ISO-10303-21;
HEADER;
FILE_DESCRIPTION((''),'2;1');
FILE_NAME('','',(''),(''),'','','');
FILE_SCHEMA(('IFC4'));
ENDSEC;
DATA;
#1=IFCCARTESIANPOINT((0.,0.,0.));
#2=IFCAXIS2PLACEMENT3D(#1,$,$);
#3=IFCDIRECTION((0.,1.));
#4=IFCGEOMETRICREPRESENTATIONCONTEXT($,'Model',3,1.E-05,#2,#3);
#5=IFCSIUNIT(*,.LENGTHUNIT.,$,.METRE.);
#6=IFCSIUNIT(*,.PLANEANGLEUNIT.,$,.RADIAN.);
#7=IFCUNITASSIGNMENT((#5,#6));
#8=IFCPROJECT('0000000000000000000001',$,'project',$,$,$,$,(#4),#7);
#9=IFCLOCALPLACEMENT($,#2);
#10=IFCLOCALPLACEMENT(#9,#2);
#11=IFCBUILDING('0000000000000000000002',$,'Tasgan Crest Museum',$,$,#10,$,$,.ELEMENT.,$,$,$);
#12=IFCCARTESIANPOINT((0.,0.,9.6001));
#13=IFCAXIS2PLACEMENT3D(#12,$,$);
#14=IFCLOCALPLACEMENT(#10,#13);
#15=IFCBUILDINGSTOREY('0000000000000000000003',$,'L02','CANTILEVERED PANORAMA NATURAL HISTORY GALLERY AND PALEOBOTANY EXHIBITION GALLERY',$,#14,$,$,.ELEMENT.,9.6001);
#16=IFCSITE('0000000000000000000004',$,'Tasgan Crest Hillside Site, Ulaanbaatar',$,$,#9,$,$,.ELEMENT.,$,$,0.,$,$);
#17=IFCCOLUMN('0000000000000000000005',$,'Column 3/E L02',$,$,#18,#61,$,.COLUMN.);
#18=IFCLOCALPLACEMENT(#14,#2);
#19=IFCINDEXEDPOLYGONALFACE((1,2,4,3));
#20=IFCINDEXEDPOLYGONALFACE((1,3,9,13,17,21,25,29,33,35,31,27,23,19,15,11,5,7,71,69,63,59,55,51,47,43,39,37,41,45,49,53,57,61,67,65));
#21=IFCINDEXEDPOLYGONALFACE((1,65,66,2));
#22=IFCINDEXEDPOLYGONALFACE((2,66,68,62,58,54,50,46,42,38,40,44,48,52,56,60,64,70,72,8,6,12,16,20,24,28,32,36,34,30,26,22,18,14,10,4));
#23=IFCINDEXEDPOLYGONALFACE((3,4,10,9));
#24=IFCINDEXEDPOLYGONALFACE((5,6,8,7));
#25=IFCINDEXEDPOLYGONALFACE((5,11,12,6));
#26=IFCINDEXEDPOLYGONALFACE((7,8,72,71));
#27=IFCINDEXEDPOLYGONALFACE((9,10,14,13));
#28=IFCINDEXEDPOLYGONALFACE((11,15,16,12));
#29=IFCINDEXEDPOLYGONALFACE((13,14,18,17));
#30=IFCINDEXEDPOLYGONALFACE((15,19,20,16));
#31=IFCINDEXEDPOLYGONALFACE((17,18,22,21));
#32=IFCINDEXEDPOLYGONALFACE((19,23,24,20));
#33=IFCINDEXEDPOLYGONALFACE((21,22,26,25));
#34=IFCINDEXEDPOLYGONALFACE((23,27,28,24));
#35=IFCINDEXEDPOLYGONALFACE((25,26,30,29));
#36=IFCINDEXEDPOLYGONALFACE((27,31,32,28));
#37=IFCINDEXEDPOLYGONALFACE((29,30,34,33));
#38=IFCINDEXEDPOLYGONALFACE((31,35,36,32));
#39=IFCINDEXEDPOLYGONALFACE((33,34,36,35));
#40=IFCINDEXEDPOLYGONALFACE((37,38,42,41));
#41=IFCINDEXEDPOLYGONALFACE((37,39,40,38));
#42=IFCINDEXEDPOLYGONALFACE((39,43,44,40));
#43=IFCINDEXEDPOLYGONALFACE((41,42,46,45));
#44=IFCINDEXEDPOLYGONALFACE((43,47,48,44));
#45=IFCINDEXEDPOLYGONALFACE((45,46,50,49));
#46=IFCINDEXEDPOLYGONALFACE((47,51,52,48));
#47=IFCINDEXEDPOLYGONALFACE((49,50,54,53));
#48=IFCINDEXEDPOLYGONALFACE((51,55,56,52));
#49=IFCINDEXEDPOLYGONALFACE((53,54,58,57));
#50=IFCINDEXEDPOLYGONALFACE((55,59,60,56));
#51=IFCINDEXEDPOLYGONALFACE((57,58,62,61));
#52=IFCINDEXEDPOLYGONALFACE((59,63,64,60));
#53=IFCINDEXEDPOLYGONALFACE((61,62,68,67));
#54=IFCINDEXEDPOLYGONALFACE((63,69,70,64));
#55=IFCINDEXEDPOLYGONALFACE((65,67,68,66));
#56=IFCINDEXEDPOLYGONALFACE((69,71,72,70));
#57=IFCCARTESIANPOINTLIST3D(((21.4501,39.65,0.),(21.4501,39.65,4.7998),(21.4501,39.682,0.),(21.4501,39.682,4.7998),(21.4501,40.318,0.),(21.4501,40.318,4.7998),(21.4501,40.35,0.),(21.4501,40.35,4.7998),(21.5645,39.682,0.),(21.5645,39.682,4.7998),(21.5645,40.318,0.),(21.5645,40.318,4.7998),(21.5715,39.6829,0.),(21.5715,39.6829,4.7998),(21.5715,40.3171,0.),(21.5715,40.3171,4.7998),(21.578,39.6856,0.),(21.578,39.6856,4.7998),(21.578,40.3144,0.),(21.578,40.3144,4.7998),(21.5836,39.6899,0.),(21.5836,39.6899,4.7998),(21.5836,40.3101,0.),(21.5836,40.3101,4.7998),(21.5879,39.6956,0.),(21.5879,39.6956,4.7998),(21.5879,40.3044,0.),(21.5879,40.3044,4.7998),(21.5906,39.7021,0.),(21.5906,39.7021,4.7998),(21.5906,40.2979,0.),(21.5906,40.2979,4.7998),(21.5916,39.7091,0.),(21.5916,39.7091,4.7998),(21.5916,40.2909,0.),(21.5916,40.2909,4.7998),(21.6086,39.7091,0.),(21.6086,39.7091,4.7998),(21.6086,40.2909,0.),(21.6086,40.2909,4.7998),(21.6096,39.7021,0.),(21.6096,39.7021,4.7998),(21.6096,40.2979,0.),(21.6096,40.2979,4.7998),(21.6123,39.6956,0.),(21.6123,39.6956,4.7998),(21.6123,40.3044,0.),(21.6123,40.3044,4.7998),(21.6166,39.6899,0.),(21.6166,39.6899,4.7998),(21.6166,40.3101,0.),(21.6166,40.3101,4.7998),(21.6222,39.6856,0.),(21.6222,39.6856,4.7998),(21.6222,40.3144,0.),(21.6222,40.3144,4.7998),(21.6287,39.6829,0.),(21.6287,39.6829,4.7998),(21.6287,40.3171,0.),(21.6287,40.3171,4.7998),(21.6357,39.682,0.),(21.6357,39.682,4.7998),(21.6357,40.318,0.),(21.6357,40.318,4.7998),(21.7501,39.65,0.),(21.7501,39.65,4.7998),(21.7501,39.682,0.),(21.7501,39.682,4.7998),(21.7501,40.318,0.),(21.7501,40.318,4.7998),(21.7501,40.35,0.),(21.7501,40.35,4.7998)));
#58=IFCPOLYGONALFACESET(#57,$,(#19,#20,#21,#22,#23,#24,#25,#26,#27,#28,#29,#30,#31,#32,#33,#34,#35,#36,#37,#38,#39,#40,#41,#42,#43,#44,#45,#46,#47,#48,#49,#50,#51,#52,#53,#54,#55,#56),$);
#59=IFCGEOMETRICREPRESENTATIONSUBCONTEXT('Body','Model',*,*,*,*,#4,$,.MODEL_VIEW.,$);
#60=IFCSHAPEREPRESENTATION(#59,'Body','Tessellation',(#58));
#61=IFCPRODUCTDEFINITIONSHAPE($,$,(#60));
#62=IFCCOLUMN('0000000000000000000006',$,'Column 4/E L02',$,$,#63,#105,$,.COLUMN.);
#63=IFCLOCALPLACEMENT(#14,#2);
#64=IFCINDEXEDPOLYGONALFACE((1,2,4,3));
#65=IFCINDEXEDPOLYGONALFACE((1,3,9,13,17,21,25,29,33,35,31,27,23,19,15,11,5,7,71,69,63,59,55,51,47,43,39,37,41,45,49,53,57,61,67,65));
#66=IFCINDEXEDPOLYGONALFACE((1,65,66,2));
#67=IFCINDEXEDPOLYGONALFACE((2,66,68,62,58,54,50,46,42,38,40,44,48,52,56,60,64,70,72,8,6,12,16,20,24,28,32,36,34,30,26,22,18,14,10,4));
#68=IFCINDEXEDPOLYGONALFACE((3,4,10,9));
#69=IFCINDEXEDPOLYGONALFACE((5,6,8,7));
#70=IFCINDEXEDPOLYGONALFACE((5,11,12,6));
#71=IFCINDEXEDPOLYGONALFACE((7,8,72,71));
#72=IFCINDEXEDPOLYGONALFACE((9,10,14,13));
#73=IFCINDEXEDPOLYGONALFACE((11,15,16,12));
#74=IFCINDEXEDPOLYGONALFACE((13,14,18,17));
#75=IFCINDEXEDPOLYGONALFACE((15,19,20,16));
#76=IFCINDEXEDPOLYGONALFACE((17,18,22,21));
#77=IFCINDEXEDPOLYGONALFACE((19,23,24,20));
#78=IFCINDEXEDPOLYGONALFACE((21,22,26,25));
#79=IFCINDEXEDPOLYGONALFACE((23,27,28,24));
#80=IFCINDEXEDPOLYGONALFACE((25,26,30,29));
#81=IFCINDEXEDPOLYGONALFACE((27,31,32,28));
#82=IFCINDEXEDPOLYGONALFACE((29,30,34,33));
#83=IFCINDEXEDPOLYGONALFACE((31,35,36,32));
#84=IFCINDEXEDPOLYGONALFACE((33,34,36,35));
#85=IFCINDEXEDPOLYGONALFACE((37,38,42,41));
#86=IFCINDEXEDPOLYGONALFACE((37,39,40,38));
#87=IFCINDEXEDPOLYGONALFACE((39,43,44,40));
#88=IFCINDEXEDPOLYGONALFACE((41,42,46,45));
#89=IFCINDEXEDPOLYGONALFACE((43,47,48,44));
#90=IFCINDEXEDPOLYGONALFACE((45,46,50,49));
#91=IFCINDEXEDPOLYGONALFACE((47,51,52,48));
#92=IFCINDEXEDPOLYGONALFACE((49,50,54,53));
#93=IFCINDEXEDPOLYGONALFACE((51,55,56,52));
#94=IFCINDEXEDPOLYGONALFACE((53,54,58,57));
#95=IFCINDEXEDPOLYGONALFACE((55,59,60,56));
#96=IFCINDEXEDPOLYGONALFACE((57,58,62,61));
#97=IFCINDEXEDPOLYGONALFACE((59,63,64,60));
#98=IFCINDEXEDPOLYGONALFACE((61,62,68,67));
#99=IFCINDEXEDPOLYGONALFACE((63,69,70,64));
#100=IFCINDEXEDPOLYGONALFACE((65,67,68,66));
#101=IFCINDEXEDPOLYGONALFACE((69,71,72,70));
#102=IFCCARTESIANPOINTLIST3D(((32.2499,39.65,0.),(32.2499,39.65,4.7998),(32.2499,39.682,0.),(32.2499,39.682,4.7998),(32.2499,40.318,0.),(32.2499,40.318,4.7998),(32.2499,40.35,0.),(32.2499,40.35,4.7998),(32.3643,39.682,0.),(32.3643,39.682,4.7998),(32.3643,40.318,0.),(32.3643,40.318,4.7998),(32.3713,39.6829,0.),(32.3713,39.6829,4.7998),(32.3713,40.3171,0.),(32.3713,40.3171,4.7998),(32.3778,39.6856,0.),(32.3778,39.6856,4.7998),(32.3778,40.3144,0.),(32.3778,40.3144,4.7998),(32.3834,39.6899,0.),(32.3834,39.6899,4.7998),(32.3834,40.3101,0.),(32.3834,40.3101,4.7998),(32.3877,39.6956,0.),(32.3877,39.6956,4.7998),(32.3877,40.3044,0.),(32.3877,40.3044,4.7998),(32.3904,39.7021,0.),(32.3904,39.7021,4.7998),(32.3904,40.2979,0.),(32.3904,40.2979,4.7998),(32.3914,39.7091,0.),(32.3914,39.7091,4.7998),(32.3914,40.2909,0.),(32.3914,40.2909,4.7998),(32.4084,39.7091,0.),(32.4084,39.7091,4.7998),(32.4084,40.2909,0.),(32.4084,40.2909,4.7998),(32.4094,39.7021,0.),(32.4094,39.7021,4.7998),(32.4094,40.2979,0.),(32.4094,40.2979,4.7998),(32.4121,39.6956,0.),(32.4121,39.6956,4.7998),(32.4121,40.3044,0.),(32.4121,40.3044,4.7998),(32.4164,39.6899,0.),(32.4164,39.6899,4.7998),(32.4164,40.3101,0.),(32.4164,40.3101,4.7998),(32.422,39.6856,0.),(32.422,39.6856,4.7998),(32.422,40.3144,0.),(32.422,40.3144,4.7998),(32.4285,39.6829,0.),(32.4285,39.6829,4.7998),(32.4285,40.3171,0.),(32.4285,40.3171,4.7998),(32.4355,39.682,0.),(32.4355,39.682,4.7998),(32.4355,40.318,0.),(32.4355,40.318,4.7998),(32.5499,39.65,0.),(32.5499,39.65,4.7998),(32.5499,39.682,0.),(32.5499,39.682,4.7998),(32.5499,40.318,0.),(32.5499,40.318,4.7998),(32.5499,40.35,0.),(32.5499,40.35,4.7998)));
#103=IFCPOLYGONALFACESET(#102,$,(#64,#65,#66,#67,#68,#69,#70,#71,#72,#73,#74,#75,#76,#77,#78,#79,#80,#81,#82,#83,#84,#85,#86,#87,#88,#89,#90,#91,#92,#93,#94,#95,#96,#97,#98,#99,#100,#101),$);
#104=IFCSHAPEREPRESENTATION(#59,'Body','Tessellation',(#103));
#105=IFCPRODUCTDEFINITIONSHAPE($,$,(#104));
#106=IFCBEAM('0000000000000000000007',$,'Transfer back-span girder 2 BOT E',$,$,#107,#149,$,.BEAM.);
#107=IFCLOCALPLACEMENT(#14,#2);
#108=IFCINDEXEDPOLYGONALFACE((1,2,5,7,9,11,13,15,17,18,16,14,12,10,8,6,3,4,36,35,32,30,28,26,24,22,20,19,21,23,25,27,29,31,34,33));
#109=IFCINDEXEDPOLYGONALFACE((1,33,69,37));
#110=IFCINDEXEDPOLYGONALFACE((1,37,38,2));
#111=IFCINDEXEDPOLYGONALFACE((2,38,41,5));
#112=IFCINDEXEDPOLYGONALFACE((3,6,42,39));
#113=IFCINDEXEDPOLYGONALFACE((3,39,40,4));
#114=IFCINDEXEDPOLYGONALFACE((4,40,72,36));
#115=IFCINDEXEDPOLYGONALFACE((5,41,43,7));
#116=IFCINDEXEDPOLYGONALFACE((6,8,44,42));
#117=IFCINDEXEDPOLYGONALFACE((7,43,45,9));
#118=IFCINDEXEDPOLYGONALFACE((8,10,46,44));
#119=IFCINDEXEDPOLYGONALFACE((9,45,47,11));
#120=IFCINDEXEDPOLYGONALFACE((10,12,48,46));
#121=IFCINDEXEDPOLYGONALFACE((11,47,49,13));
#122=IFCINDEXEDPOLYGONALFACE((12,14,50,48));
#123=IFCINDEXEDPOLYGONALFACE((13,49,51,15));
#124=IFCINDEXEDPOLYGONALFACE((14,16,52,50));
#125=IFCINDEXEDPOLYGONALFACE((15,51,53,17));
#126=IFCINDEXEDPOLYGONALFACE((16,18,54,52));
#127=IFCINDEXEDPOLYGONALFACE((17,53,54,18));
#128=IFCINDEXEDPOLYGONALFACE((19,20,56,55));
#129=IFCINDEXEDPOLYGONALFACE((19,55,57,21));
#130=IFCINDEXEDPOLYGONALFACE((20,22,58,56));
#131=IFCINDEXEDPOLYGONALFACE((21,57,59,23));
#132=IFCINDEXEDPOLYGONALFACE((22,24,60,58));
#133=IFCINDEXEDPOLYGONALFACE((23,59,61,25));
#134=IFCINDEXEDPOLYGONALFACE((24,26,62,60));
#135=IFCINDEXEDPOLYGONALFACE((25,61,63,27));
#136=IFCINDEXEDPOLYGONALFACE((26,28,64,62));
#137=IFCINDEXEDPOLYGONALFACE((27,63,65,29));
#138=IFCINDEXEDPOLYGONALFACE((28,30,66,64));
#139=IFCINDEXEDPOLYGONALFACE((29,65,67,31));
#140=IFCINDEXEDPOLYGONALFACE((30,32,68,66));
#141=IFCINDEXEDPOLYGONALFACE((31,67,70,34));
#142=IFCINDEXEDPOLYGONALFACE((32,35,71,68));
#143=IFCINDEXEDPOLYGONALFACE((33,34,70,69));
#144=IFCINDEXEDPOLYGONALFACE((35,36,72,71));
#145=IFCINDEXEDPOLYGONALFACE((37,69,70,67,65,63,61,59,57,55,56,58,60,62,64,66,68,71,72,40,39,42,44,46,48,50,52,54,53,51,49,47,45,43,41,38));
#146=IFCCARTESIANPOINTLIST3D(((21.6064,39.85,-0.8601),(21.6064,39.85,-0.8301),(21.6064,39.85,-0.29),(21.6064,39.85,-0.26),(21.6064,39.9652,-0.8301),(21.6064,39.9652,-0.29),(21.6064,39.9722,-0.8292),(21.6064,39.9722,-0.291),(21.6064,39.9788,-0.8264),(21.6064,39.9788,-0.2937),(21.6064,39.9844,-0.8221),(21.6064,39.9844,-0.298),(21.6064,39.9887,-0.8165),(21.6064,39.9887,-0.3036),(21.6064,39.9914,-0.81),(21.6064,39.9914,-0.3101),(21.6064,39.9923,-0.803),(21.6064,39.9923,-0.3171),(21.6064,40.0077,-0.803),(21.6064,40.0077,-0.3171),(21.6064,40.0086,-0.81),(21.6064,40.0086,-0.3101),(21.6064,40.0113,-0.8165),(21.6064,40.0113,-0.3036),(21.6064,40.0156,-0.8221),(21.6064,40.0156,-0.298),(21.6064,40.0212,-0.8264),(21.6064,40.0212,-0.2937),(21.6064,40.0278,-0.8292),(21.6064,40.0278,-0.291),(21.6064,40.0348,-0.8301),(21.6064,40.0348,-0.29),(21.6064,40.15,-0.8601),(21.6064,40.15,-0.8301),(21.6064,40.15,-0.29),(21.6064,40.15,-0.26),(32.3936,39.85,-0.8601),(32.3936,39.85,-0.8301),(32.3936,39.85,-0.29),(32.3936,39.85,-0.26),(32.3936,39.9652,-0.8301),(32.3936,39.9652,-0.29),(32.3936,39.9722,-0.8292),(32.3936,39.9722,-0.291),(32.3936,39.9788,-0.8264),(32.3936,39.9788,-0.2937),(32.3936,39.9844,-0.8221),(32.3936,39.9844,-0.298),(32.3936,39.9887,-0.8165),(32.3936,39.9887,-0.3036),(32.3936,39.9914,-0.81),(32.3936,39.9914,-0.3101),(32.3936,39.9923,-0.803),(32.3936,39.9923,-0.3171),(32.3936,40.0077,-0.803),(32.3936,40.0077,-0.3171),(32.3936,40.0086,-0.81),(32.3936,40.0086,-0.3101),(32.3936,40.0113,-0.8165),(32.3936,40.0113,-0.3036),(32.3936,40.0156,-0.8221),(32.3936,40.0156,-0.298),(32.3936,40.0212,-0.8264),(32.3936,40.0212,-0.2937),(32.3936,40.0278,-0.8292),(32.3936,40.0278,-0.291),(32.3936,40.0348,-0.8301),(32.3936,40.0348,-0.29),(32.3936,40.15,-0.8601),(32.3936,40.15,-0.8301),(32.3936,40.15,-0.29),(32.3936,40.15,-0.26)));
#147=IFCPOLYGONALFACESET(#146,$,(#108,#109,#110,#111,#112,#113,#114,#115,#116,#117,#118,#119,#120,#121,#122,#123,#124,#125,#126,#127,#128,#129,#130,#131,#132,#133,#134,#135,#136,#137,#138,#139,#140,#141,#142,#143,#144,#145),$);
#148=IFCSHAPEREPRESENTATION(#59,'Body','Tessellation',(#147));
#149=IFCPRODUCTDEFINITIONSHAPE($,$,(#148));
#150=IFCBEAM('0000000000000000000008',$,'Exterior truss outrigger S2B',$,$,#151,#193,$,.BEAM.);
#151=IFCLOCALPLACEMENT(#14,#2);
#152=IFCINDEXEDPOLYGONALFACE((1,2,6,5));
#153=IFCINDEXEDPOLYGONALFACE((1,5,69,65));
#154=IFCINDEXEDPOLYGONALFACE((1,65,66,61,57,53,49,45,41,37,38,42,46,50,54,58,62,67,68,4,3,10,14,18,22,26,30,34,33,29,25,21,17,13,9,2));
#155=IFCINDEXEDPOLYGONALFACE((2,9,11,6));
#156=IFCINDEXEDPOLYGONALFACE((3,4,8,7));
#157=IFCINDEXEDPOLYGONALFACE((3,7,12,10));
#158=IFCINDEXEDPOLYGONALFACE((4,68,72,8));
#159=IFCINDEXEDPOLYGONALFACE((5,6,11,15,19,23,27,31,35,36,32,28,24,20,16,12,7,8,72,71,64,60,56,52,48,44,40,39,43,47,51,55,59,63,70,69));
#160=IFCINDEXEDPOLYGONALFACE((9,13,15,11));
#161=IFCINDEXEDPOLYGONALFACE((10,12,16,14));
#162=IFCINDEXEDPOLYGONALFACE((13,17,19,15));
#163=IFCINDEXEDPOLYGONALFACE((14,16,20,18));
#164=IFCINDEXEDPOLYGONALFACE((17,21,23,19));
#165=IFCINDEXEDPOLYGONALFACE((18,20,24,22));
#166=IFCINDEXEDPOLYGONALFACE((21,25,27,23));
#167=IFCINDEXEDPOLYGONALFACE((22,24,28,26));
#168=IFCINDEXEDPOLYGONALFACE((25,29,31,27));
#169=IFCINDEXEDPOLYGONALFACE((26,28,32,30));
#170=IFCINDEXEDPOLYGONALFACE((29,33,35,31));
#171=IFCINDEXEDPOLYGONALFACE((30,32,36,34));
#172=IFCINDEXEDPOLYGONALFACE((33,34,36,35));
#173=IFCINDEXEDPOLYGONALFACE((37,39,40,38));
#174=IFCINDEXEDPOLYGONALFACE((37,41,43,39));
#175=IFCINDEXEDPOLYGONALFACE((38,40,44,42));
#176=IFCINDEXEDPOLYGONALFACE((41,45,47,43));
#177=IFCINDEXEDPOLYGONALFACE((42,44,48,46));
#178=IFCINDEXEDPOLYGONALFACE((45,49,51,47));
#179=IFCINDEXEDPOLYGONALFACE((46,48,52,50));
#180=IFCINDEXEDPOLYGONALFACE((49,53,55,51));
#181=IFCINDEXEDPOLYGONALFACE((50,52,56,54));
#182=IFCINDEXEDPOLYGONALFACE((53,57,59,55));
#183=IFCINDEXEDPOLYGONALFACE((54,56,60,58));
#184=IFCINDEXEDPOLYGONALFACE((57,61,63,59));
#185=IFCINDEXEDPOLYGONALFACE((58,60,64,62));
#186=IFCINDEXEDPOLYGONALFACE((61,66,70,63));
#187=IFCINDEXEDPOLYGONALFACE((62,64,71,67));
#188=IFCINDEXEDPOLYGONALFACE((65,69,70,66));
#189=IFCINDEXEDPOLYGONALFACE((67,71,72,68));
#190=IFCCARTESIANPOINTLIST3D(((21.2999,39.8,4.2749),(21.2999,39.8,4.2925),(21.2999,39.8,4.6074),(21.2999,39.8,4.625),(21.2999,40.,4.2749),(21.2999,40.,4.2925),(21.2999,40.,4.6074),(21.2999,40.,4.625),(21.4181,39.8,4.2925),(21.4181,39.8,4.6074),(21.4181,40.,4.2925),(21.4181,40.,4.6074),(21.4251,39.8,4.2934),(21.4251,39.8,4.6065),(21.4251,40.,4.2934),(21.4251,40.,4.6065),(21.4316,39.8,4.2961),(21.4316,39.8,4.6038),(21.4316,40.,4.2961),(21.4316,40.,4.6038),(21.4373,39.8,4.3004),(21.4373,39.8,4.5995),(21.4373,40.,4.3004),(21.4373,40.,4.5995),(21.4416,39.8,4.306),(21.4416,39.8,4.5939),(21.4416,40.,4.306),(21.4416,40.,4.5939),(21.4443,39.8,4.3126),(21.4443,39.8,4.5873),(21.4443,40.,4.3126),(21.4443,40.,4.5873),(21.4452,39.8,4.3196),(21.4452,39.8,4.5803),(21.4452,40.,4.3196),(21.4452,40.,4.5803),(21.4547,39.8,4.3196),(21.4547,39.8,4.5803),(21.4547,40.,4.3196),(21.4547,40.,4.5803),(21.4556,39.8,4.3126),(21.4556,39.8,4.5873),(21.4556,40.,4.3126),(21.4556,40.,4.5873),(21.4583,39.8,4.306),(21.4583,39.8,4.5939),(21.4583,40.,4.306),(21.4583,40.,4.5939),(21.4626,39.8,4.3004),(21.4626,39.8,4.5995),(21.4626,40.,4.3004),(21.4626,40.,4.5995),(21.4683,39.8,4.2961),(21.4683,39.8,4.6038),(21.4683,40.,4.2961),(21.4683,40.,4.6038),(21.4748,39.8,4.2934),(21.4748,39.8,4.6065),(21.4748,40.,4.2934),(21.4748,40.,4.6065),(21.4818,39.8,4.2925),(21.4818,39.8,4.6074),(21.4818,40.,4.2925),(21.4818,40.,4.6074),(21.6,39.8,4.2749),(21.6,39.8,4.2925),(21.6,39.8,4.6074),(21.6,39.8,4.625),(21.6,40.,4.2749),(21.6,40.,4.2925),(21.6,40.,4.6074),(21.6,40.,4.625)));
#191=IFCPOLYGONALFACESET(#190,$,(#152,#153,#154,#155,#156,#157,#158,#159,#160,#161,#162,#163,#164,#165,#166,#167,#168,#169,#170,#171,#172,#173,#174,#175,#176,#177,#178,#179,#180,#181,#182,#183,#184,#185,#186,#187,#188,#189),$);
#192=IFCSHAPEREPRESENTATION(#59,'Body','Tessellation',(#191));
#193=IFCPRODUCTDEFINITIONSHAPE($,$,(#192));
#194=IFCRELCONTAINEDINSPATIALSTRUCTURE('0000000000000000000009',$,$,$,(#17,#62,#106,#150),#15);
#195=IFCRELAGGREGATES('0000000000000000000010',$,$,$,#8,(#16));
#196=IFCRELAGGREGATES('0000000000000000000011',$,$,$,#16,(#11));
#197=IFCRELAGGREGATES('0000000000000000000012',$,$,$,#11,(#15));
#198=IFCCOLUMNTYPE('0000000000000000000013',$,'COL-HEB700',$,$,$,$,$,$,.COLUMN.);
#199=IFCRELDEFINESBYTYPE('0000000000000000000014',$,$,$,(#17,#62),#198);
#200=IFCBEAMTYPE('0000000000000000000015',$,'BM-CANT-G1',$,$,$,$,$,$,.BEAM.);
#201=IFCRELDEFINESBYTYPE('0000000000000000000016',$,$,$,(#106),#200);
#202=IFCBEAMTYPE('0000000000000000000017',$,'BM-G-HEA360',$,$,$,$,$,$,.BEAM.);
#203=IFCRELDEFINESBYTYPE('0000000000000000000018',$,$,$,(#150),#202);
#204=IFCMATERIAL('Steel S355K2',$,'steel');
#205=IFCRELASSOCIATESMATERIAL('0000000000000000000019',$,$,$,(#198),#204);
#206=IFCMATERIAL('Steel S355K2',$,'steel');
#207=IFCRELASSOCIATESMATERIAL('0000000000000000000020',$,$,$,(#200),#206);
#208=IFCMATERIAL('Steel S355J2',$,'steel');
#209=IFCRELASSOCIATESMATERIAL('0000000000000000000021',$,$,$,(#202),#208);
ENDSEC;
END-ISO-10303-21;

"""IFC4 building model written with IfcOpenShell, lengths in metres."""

from ifc_helpers import new_model, si_unit, direction, frame, origin, origin_2d, place, context, subcontext, project, spatial, i_section, extrude, material, material_profile, profile_set, type_object, element, save


model = new_model("IFC4")

# Units and contexts
model_context = context("Model", 3, precision=1e-05, world=origin(), true_north=direction((0.0, 1.0)))
body_context = subcontext(model_context, "Body", "Model", "MODEL_VIEW")
ifc_project = project(units=[si_unit("LENGTHUNIT", "METRE"), si_unit("PLANEANGLEUNIT", "RADIAN")], contexts=[model_context])

# Site, building, storey
site_placement = place(None, origin())
site = spatial("IfcSite", under=ifc_project, at=site_placement, Name="Tasgan Crest Hillside Site, Ulaanbaatar", CompositionType="ELEMENT", RefElevation=0.0)
building_placement = place(site_placement, origin())
building = spatial("IfcBuilding", under=site, at=building_placement, Name="Tasgan Crest Museum", CompositionType="ELEMENT")
storey_placement = place(building_placement, frame((0.0, 0.0, 9.6001)))
storey = spatial("IfcBuildingStorey", under=building, at=storey_placement, Name="L02", Description="CANTILEVERED PANORAMA NATURAL HISTORY GALLERY AND PALEOBOTANY EXHIBITION GALLERY", CompositionType="ELEMENT", Elevation=9.6001)

# Columns
ifc_material_1 = material(Name="Steel S355K2", Category="steel")
ifc_material_profile_1 = material_profile(ifc_material_1, i_section(OverallWidth=0.3, OverallDepth=0.7, WebThickness=0.0171, FlangeThickness=0.032, FilletRadius=0.0271, at=origin_2d()), Name="HEB 700")
ifc_profile_set_1 = profile_set([ifc_material_profile_1], Name="Steel S355K2")
column_type = type_object("IfcColumnType", Name="COL-HEB700", PredefinedType="COLUMN", material=ifc_profile_set_1)
for number, where, z_axis, x_axis, name in (
    (1, (21.6001, 40.0, 0.0), (0.0, 0.0, 1.0), (1.0, 0.0, 0.0), "Column 3/E L02"),
    (2, (32.3999, 40.0, 0.0), (0.0, 0.0, 1.0), (1.0, 0.0, 0.0), "Column 4/E L02"),
):
    element("IfcColumn", number, at=place(storey_placement, frame(where, z_axis=z_axis, x_axis=x_axis)), inside=storey, type_object=column_type, Name=name, PredefinedType="COLUMN", context=body_context, shape_type="SweptSolid", body=[
        extrude(i_section(OverallWidth=0.3, OverallDepth=0.7, WebThickness=0.0171, FlangeThickness=0.032, FilletRadius=0.0271, at=origin_2d()), origin(), (0.0, 0.0, 1.0), 4.7998),
    ])

# Beams
ifc_material_2 = material(Name="Steel S355K2", Category="steel")
ifc_material_profile_2 = material_profile(ifc_material_2, i_section(OverallWidth=0.3, OverallDepth=0.6001, WebThickness=0.0154, FlangeThickness=0.03, FilletRadius=0.0271, at=origin_2d()), Name="HEB 600")
ifc_profile_set_2 = profile_set([ifc_material_profile_2], Name="Steel S355K2")
beam_type_1 = type_object("IfcBeamType", Name="BM-CANT-G1", PredefinedType="BEAM", material=ifc_profile_set_2)
beam_1_placement = place(storey_placement, frame((21.6064, 40.0, -0.5601), z_axis=(1.0, 0.0, 0.0), x_axis=(0.0, 1.0, 0.0)))
element("IfcBeam", 3, at=beam_1_placement, inside=storey, type_object=beam_type_1, Name="Transfer back-span girder 2 BOT E", PredefinedType="BEAM", context=body_context, shape_type="SweptSolid", body=[
    extrude(i_section(OverallWidth=0.3, OverallDepth=0.6001, WebThickness=0.0154, FlangeThickness=0.03, FilletRadius=0.0271, at=origin_2d()), origin(), (0.0, 0.0, 1.0), 10.7871),
])
ifc_material_3 = material(Name="Steel S355J2", Category="steel")
ifc_material_profile_3 = material_profile(ifc_material_3, i_section(OverallWidth=0.3, OverallDepth=0.3501, WebThickness=0.0095, FlangeThickness=0.0176, FilletRadius=0.0271, at=origin_2d()), Name="HEA 360")
ifc_profile_set_3 = profile_set([ifc_material_profile_3], Name="Steel S355J2")
beam_type_2 = type_object("IfcBeamType", Name="BM-G-HEA360", PredefinedType="BEAM", material=ifc_profile_set_3)
beam_2_placement = place(storey_placement, frame((21.45, 40.0, 4.45), z_axis=(0.0, -1.0, 0.0), x_axis=(1.0, 0.0, 0.0)))
element("IfcBeam", 4, at=beam_2_placement, inside=storey, type_object=beam_type_2, Name="Exterior truss outrigger S2B", PredefinedType="BEAM", context=body_context, shape_type="SweptSolid", body=[
    extrude(i_section(OverallWidth=0.3, OverallDepth=0.3501, WebThickness=0.0095, FlangeThickness=0.0176, FilletRadius=0.0271, at=origin_2d()), origin(), (0.0, 0.0, 1.0), 0.2),
])

save(model, "model.ifc")
